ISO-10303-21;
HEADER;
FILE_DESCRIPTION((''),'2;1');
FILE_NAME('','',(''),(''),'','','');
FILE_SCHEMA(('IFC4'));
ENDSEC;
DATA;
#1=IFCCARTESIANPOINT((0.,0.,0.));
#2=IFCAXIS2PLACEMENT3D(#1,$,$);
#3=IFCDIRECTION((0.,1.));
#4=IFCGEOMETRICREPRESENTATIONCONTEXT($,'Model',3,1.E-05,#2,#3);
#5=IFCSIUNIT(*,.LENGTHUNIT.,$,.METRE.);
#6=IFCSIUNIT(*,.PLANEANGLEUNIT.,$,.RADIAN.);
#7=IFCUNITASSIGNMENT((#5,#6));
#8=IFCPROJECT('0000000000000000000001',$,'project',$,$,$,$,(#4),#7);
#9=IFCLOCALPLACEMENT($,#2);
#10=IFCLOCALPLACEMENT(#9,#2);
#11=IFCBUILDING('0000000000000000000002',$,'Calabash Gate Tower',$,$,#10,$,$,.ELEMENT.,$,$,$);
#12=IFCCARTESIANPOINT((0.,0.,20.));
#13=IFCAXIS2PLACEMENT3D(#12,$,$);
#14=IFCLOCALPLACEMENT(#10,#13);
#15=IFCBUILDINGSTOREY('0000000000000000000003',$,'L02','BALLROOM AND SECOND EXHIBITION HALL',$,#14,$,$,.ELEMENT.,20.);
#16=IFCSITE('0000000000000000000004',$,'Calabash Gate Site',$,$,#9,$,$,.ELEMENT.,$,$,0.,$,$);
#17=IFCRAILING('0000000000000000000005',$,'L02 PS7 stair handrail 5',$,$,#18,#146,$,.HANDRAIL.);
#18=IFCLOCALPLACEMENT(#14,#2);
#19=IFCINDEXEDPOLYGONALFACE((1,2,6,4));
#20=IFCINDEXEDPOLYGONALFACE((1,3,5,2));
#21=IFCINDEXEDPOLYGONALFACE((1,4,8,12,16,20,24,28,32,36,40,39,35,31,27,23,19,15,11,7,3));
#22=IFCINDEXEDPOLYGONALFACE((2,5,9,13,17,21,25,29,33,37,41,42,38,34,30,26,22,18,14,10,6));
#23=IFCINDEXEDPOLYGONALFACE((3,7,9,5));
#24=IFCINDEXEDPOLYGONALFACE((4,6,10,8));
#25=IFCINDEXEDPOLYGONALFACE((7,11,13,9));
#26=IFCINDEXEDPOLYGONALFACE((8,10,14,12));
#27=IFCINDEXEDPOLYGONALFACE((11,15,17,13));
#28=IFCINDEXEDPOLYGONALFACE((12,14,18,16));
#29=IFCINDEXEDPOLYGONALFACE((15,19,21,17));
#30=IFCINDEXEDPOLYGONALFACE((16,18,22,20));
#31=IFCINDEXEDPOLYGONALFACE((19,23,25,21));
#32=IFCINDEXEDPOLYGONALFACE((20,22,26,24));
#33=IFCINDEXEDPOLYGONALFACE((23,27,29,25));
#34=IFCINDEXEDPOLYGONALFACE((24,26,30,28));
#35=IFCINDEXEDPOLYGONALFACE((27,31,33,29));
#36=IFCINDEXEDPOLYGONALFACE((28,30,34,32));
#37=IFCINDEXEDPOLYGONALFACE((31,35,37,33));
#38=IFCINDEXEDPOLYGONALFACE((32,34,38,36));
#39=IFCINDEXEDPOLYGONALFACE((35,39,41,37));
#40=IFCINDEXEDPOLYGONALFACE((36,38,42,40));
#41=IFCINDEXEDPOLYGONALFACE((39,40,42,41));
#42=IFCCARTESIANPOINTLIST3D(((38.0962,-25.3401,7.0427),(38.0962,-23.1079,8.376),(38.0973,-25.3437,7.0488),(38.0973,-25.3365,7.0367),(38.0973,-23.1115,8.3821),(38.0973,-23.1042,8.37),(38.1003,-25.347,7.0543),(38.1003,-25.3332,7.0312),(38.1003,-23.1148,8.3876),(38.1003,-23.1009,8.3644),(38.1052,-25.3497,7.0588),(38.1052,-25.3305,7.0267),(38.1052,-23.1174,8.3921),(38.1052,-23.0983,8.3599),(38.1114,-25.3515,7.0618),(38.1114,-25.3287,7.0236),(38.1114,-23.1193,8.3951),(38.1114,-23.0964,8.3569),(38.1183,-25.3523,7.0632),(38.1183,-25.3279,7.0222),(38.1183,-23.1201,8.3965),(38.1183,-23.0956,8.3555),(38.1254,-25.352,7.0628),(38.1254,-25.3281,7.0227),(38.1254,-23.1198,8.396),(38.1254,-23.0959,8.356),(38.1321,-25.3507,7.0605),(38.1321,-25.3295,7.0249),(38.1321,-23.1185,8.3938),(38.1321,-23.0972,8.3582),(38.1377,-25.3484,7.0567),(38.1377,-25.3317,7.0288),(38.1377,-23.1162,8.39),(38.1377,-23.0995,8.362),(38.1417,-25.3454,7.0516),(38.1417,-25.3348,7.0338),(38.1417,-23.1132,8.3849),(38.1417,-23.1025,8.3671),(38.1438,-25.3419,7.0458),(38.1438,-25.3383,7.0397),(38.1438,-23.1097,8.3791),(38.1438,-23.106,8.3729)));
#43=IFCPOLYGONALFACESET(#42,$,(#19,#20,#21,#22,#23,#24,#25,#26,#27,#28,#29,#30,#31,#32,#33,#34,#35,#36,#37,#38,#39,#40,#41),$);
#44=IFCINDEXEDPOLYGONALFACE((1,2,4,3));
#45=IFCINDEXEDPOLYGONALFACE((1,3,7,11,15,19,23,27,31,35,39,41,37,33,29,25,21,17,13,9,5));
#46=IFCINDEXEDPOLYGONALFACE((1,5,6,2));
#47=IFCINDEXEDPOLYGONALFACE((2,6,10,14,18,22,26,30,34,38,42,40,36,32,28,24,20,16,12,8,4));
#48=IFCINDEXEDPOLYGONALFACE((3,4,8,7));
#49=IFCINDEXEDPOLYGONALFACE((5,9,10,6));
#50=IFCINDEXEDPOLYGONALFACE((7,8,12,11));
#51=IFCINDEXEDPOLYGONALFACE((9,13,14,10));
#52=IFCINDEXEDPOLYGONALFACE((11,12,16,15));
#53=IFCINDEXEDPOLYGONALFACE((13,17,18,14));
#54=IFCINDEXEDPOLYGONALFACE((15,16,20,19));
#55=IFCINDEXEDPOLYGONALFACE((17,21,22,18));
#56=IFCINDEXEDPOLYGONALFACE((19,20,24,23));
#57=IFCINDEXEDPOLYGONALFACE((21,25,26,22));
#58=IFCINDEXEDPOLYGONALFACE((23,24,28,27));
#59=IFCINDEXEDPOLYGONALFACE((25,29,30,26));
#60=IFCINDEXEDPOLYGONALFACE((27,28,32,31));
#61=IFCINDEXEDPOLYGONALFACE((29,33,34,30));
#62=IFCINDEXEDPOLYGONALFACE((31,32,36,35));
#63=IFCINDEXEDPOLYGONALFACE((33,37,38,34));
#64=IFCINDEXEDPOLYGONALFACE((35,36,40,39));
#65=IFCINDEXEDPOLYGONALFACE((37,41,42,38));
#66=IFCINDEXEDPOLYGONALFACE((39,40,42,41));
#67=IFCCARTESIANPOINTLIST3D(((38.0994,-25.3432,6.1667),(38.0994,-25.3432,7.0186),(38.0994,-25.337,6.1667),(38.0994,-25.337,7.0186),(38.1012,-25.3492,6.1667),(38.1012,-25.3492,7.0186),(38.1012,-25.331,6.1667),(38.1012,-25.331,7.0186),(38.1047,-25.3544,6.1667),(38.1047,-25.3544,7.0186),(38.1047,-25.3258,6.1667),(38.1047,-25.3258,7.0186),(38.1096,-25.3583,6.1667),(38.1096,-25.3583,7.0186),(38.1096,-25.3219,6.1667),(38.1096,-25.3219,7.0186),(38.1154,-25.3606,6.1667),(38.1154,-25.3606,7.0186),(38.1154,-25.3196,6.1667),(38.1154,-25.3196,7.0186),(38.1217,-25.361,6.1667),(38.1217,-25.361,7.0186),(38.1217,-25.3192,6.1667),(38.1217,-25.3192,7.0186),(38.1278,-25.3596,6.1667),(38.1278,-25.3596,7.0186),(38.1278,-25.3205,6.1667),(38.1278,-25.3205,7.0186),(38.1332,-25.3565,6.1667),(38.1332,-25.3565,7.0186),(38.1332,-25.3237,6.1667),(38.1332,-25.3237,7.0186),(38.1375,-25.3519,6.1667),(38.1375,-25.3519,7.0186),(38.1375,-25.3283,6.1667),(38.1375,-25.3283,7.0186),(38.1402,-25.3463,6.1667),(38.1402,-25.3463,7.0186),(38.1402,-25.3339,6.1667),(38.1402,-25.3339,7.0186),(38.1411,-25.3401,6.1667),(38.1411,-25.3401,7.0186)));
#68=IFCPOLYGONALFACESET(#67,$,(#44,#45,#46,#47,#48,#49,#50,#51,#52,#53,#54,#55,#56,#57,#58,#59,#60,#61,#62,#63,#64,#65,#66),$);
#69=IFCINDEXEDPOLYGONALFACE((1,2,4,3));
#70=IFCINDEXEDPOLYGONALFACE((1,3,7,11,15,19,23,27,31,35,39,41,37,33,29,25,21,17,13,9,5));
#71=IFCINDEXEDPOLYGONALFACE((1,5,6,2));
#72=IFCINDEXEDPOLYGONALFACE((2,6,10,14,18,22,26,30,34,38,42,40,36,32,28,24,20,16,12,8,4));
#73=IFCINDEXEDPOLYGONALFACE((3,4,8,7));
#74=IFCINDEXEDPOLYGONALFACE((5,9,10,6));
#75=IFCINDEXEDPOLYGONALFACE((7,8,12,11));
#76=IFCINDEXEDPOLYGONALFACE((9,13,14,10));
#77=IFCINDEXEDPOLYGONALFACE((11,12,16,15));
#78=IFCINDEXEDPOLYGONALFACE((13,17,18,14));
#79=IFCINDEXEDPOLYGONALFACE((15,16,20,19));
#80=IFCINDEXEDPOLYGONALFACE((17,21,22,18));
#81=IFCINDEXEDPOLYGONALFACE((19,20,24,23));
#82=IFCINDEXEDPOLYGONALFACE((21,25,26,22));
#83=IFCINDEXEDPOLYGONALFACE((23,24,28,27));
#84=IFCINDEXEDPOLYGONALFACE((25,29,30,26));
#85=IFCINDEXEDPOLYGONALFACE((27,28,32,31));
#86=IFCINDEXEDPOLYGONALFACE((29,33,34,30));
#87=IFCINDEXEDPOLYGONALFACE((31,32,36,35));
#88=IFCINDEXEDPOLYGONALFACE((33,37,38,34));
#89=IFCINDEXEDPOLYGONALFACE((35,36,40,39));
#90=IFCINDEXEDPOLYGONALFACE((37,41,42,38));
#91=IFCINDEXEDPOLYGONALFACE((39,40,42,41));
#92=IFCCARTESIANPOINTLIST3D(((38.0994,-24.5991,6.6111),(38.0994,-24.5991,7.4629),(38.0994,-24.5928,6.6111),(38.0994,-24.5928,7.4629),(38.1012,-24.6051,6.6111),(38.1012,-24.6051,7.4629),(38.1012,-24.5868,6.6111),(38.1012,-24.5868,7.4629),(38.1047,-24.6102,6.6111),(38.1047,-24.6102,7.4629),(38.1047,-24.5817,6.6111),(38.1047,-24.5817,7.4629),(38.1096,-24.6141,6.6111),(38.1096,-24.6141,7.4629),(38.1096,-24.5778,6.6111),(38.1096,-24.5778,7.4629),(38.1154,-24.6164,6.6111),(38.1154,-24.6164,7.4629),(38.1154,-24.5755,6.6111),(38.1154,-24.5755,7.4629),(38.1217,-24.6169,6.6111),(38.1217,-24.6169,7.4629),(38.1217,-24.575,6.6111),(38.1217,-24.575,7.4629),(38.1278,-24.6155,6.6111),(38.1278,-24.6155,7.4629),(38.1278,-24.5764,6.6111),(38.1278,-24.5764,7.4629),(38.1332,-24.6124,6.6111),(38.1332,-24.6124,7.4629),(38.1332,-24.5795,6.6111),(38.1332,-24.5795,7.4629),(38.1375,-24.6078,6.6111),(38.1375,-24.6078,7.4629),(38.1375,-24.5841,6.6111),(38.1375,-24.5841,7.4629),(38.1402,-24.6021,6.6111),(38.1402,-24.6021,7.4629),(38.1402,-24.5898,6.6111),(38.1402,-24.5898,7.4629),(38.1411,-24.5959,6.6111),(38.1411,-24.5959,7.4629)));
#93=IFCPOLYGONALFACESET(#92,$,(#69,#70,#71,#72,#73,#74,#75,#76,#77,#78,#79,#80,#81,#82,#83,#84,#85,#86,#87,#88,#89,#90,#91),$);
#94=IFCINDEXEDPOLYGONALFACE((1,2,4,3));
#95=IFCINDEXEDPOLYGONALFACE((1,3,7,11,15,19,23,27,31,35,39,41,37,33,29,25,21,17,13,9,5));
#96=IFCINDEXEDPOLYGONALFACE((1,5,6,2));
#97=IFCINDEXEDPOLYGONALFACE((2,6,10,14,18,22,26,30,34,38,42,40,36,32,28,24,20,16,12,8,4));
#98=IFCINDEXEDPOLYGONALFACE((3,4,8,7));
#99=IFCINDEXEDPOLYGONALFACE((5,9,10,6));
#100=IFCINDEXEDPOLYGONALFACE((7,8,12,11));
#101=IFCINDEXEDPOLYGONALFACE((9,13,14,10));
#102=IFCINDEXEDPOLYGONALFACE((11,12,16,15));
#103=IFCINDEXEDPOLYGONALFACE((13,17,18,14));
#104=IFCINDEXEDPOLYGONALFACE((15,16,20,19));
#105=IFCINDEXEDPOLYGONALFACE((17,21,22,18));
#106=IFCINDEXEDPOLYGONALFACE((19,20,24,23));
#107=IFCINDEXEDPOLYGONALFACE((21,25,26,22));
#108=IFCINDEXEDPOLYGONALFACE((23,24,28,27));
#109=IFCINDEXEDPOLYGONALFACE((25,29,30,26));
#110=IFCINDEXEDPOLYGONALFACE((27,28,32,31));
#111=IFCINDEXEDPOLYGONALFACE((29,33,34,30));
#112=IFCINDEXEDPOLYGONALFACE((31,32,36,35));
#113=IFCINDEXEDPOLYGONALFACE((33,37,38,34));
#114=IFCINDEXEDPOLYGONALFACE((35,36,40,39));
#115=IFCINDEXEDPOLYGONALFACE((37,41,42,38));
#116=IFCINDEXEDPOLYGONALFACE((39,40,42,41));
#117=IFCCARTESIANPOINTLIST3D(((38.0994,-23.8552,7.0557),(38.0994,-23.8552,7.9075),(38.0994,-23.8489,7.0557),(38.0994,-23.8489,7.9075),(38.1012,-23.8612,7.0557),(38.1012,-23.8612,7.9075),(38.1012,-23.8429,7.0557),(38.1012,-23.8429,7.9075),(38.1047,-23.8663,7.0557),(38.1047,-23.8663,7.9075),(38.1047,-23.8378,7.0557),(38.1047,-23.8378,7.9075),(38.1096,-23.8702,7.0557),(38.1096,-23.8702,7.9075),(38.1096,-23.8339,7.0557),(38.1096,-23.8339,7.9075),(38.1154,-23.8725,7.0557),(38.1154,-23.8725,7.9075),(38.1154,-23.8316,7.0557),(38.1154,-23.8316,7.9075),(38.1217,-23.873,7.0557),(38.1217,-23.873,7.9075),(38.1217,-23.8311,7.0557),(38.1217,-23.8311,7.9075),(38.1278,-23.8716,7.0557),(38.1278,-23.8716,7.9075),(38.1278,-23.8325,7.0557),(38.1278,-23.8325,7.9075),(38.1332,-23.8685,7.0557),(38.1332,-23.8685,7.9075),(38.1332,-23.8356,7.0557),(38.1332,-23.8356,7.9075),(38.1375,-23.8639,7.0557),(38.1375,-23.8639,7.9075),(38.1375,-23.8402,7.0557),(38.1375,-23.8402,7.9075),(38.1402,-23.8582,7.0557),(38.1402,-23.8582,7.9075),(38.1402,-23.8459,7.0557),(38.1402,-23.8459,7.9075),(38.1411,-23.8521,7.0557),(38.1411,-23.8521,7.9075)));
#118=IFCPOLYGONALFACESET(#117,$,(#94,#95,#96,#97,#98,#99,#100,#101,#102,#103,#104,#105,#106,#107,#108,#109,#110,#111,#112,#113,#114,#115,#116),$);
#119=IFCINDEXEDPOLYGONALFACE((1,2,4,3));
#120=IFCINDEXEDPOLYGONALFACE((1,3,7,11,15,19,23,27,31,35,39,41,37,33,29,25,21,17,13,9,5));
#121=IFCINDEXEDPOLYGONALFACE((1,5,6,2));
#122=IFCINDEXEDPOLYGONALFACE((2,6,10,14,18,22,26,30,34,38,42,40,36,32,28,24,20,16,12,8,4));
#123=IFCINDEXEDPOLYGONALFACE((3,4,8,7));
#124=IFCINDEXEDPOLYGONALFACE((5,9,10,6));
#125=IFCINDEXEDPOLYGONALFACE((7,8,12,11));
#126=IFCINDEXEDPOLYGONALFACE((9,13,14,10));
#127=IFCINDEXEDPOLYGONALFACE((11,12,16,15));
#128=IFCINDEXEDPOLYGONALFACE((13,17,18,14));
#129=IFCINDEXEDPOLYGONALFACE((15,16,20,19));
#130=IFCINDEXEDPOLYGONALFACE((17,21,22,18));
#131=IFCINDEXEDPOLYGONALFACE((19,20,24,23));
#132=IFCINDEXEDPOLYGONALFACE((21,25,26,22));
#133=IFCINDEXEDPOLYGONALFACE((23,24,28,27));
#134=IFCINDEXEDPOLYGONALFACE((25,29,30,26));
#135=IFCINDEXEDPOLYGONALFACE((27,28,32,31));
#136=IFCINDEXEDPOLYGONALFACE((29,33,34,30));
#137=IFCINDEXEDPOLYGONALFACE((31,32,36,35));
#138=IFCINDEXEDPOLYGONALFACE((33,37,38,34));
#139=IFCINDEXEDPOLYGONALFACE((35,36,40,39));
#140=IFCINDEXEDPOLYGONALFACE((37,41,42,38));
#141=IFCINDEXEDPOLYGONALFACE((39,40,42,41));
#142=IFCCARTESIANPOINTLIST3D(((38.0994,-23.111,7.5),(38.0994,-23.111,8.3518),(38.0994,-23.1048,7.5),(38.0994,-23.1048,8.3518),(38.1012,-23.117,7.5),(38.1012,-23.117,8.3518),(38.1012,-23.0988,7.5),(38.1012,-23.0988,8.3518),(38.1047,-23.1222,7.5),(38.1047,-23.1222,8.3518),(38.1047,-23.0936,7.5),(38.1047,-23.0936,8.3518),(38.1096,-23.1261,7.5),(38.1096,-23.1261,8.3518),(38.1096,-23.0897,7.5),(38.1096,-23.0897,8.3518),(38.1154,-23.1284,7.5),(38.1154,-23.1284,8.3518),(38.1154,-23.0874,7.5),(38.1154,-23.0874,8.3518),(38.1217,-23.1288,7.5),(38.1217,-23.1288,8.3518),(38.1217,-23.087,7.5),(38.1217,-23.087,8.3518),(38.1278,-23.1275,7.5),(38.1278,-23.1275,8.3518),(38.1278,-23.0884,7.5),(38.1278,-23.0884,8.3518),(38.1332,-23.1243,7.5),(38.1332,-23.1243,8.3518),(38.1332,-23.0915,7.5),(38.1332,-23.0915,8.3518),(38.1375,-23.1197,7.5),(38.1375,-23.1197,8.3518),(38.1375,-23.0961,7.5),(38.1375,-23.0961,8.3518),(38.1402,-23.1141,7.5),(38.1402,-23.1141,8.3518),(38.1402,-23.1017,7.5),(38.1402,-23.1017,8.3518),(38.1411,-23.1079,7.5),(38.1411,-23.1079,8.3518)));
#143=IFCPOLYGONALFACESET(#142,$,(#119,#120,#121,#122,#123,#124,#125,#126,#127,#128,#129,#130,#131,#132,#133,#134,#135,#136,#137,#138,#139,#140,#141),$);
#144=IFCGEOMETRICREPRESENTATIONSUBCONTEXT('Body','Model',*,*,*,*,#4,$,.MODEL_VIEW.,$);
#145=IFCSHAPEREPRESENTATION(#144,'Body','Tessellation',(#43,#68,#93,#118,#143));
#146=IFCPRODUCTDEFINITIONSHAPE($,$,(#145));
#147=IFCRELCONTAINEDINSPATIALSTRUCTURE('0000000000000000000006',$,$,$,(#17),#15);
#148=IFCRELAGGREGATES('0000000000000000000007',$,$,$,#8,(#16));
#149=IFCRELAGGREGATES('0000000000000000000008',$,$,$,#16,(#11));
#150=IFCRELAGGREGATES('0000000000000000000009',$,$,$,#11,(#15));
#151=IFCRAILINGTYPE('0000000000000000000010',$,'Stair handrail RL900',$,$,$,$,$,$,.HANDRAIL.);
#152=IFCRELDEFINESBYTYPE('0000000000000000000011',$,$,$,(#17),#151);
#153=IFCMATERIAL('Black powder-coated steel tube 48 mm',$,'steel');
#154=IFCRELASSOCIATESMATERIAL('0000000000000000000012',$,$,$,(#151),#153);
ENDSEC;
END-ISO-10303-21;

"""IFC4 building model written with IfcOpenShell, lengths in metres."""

from ifc_helpers import new_model, si_unit, direction, frame, origin, origin_2d, place, context, subcontext, project, spatial, circle, extrude, material, type_object, element, save


model = new_model("IFC4")

# Units and contexts
model_context = context("Model", 3, precision=1e-05, world=origin(), true_north=direction((0.0, 1.0)))
body_context = subcontext(model_context, "Body", "Model", "MODEL_VIEW")
ifc_project = project(units=[si_unit("LENGTHUNIT", "METRE"), si_unit("PLANEANGLEUNIT", "RADIAN")], contexts=[model_context])

# Site, building, storey
site_placement = place(None, origin())
site = spatial("IfcSite", under=ifc_project, at=site_placement, Name="Calabash Gate Site", CompositionType="ELEMENT", RefElevation=0.0)
building_placement = place(site_placement, origin())
building = spatial("IfcBuilding", under=site, at=building_placement, Name="Calabash Gate Tower", CompositionType="ELEMENT")
storey_placement = place(building_placement, frame((0.0, 0.0, 20.0)))
storey = spatial("IfcBuildingStorey", under=building, at=storey_placement, Name="L02", Description="BALLROOM AND SECOND EXHIBITION HALL", CompositionType="ELEMENT", Elevation=20.0)

# Railing
ifc_material_1 = material(Name="Black powder-coated steel tube 48 mm", Category="steel")
railing_type_1 = type_object("IfcRailingType", Name="Stair handrail RL900", PredefinedType="HANDRAIL", material=ifc_material_1)
for number, where, name in (
    (1, (38.1201, -25.3401, 6.1667), "L02 PS7 stair handrail 5"),
):
    element("IfcRailing", number, at=place(storey_placement, frame(where)), inside=storey, type_object=railing_type_1, Name=name, PredefinedType="HANDRAIL", context=body_context, shape_type="SweptSolid", body=[
        extrude(circle(Radius=0.0239, at=origin_2d()), frame((0.0, 0.0, 0.876), z_axis=(0.0, 0.858519, 0.512782), x_axis=(-1.0, 0.0, 0.0)), (0.0, 0.0, 1.0), 2.6001),
        extrude(circle(Radius=0.021, at=origin_2d()), origin(), (0.0, 0.0, 1.0), 0.8518),
        extrude(circle(Radius=0.021, at=origin_2d()), frame((0.0, 0.7441, 0.4443)), (0.0, 0.0, 1.0), 0.8518),
        extrude(circle(Radius=0.021, at=origin_2d()), frame((0.0, 1.488, 0.8889)), (0.0, 0.0, 1.0), 0.8518),
        extrude(circle(Radius=0.021, at=origin_2d()), frame((0.0, 2.2322, 1.3333)), (0.0, 0.0, 1.0), 0.8518),
    ])

save(model, "model.ifc")
